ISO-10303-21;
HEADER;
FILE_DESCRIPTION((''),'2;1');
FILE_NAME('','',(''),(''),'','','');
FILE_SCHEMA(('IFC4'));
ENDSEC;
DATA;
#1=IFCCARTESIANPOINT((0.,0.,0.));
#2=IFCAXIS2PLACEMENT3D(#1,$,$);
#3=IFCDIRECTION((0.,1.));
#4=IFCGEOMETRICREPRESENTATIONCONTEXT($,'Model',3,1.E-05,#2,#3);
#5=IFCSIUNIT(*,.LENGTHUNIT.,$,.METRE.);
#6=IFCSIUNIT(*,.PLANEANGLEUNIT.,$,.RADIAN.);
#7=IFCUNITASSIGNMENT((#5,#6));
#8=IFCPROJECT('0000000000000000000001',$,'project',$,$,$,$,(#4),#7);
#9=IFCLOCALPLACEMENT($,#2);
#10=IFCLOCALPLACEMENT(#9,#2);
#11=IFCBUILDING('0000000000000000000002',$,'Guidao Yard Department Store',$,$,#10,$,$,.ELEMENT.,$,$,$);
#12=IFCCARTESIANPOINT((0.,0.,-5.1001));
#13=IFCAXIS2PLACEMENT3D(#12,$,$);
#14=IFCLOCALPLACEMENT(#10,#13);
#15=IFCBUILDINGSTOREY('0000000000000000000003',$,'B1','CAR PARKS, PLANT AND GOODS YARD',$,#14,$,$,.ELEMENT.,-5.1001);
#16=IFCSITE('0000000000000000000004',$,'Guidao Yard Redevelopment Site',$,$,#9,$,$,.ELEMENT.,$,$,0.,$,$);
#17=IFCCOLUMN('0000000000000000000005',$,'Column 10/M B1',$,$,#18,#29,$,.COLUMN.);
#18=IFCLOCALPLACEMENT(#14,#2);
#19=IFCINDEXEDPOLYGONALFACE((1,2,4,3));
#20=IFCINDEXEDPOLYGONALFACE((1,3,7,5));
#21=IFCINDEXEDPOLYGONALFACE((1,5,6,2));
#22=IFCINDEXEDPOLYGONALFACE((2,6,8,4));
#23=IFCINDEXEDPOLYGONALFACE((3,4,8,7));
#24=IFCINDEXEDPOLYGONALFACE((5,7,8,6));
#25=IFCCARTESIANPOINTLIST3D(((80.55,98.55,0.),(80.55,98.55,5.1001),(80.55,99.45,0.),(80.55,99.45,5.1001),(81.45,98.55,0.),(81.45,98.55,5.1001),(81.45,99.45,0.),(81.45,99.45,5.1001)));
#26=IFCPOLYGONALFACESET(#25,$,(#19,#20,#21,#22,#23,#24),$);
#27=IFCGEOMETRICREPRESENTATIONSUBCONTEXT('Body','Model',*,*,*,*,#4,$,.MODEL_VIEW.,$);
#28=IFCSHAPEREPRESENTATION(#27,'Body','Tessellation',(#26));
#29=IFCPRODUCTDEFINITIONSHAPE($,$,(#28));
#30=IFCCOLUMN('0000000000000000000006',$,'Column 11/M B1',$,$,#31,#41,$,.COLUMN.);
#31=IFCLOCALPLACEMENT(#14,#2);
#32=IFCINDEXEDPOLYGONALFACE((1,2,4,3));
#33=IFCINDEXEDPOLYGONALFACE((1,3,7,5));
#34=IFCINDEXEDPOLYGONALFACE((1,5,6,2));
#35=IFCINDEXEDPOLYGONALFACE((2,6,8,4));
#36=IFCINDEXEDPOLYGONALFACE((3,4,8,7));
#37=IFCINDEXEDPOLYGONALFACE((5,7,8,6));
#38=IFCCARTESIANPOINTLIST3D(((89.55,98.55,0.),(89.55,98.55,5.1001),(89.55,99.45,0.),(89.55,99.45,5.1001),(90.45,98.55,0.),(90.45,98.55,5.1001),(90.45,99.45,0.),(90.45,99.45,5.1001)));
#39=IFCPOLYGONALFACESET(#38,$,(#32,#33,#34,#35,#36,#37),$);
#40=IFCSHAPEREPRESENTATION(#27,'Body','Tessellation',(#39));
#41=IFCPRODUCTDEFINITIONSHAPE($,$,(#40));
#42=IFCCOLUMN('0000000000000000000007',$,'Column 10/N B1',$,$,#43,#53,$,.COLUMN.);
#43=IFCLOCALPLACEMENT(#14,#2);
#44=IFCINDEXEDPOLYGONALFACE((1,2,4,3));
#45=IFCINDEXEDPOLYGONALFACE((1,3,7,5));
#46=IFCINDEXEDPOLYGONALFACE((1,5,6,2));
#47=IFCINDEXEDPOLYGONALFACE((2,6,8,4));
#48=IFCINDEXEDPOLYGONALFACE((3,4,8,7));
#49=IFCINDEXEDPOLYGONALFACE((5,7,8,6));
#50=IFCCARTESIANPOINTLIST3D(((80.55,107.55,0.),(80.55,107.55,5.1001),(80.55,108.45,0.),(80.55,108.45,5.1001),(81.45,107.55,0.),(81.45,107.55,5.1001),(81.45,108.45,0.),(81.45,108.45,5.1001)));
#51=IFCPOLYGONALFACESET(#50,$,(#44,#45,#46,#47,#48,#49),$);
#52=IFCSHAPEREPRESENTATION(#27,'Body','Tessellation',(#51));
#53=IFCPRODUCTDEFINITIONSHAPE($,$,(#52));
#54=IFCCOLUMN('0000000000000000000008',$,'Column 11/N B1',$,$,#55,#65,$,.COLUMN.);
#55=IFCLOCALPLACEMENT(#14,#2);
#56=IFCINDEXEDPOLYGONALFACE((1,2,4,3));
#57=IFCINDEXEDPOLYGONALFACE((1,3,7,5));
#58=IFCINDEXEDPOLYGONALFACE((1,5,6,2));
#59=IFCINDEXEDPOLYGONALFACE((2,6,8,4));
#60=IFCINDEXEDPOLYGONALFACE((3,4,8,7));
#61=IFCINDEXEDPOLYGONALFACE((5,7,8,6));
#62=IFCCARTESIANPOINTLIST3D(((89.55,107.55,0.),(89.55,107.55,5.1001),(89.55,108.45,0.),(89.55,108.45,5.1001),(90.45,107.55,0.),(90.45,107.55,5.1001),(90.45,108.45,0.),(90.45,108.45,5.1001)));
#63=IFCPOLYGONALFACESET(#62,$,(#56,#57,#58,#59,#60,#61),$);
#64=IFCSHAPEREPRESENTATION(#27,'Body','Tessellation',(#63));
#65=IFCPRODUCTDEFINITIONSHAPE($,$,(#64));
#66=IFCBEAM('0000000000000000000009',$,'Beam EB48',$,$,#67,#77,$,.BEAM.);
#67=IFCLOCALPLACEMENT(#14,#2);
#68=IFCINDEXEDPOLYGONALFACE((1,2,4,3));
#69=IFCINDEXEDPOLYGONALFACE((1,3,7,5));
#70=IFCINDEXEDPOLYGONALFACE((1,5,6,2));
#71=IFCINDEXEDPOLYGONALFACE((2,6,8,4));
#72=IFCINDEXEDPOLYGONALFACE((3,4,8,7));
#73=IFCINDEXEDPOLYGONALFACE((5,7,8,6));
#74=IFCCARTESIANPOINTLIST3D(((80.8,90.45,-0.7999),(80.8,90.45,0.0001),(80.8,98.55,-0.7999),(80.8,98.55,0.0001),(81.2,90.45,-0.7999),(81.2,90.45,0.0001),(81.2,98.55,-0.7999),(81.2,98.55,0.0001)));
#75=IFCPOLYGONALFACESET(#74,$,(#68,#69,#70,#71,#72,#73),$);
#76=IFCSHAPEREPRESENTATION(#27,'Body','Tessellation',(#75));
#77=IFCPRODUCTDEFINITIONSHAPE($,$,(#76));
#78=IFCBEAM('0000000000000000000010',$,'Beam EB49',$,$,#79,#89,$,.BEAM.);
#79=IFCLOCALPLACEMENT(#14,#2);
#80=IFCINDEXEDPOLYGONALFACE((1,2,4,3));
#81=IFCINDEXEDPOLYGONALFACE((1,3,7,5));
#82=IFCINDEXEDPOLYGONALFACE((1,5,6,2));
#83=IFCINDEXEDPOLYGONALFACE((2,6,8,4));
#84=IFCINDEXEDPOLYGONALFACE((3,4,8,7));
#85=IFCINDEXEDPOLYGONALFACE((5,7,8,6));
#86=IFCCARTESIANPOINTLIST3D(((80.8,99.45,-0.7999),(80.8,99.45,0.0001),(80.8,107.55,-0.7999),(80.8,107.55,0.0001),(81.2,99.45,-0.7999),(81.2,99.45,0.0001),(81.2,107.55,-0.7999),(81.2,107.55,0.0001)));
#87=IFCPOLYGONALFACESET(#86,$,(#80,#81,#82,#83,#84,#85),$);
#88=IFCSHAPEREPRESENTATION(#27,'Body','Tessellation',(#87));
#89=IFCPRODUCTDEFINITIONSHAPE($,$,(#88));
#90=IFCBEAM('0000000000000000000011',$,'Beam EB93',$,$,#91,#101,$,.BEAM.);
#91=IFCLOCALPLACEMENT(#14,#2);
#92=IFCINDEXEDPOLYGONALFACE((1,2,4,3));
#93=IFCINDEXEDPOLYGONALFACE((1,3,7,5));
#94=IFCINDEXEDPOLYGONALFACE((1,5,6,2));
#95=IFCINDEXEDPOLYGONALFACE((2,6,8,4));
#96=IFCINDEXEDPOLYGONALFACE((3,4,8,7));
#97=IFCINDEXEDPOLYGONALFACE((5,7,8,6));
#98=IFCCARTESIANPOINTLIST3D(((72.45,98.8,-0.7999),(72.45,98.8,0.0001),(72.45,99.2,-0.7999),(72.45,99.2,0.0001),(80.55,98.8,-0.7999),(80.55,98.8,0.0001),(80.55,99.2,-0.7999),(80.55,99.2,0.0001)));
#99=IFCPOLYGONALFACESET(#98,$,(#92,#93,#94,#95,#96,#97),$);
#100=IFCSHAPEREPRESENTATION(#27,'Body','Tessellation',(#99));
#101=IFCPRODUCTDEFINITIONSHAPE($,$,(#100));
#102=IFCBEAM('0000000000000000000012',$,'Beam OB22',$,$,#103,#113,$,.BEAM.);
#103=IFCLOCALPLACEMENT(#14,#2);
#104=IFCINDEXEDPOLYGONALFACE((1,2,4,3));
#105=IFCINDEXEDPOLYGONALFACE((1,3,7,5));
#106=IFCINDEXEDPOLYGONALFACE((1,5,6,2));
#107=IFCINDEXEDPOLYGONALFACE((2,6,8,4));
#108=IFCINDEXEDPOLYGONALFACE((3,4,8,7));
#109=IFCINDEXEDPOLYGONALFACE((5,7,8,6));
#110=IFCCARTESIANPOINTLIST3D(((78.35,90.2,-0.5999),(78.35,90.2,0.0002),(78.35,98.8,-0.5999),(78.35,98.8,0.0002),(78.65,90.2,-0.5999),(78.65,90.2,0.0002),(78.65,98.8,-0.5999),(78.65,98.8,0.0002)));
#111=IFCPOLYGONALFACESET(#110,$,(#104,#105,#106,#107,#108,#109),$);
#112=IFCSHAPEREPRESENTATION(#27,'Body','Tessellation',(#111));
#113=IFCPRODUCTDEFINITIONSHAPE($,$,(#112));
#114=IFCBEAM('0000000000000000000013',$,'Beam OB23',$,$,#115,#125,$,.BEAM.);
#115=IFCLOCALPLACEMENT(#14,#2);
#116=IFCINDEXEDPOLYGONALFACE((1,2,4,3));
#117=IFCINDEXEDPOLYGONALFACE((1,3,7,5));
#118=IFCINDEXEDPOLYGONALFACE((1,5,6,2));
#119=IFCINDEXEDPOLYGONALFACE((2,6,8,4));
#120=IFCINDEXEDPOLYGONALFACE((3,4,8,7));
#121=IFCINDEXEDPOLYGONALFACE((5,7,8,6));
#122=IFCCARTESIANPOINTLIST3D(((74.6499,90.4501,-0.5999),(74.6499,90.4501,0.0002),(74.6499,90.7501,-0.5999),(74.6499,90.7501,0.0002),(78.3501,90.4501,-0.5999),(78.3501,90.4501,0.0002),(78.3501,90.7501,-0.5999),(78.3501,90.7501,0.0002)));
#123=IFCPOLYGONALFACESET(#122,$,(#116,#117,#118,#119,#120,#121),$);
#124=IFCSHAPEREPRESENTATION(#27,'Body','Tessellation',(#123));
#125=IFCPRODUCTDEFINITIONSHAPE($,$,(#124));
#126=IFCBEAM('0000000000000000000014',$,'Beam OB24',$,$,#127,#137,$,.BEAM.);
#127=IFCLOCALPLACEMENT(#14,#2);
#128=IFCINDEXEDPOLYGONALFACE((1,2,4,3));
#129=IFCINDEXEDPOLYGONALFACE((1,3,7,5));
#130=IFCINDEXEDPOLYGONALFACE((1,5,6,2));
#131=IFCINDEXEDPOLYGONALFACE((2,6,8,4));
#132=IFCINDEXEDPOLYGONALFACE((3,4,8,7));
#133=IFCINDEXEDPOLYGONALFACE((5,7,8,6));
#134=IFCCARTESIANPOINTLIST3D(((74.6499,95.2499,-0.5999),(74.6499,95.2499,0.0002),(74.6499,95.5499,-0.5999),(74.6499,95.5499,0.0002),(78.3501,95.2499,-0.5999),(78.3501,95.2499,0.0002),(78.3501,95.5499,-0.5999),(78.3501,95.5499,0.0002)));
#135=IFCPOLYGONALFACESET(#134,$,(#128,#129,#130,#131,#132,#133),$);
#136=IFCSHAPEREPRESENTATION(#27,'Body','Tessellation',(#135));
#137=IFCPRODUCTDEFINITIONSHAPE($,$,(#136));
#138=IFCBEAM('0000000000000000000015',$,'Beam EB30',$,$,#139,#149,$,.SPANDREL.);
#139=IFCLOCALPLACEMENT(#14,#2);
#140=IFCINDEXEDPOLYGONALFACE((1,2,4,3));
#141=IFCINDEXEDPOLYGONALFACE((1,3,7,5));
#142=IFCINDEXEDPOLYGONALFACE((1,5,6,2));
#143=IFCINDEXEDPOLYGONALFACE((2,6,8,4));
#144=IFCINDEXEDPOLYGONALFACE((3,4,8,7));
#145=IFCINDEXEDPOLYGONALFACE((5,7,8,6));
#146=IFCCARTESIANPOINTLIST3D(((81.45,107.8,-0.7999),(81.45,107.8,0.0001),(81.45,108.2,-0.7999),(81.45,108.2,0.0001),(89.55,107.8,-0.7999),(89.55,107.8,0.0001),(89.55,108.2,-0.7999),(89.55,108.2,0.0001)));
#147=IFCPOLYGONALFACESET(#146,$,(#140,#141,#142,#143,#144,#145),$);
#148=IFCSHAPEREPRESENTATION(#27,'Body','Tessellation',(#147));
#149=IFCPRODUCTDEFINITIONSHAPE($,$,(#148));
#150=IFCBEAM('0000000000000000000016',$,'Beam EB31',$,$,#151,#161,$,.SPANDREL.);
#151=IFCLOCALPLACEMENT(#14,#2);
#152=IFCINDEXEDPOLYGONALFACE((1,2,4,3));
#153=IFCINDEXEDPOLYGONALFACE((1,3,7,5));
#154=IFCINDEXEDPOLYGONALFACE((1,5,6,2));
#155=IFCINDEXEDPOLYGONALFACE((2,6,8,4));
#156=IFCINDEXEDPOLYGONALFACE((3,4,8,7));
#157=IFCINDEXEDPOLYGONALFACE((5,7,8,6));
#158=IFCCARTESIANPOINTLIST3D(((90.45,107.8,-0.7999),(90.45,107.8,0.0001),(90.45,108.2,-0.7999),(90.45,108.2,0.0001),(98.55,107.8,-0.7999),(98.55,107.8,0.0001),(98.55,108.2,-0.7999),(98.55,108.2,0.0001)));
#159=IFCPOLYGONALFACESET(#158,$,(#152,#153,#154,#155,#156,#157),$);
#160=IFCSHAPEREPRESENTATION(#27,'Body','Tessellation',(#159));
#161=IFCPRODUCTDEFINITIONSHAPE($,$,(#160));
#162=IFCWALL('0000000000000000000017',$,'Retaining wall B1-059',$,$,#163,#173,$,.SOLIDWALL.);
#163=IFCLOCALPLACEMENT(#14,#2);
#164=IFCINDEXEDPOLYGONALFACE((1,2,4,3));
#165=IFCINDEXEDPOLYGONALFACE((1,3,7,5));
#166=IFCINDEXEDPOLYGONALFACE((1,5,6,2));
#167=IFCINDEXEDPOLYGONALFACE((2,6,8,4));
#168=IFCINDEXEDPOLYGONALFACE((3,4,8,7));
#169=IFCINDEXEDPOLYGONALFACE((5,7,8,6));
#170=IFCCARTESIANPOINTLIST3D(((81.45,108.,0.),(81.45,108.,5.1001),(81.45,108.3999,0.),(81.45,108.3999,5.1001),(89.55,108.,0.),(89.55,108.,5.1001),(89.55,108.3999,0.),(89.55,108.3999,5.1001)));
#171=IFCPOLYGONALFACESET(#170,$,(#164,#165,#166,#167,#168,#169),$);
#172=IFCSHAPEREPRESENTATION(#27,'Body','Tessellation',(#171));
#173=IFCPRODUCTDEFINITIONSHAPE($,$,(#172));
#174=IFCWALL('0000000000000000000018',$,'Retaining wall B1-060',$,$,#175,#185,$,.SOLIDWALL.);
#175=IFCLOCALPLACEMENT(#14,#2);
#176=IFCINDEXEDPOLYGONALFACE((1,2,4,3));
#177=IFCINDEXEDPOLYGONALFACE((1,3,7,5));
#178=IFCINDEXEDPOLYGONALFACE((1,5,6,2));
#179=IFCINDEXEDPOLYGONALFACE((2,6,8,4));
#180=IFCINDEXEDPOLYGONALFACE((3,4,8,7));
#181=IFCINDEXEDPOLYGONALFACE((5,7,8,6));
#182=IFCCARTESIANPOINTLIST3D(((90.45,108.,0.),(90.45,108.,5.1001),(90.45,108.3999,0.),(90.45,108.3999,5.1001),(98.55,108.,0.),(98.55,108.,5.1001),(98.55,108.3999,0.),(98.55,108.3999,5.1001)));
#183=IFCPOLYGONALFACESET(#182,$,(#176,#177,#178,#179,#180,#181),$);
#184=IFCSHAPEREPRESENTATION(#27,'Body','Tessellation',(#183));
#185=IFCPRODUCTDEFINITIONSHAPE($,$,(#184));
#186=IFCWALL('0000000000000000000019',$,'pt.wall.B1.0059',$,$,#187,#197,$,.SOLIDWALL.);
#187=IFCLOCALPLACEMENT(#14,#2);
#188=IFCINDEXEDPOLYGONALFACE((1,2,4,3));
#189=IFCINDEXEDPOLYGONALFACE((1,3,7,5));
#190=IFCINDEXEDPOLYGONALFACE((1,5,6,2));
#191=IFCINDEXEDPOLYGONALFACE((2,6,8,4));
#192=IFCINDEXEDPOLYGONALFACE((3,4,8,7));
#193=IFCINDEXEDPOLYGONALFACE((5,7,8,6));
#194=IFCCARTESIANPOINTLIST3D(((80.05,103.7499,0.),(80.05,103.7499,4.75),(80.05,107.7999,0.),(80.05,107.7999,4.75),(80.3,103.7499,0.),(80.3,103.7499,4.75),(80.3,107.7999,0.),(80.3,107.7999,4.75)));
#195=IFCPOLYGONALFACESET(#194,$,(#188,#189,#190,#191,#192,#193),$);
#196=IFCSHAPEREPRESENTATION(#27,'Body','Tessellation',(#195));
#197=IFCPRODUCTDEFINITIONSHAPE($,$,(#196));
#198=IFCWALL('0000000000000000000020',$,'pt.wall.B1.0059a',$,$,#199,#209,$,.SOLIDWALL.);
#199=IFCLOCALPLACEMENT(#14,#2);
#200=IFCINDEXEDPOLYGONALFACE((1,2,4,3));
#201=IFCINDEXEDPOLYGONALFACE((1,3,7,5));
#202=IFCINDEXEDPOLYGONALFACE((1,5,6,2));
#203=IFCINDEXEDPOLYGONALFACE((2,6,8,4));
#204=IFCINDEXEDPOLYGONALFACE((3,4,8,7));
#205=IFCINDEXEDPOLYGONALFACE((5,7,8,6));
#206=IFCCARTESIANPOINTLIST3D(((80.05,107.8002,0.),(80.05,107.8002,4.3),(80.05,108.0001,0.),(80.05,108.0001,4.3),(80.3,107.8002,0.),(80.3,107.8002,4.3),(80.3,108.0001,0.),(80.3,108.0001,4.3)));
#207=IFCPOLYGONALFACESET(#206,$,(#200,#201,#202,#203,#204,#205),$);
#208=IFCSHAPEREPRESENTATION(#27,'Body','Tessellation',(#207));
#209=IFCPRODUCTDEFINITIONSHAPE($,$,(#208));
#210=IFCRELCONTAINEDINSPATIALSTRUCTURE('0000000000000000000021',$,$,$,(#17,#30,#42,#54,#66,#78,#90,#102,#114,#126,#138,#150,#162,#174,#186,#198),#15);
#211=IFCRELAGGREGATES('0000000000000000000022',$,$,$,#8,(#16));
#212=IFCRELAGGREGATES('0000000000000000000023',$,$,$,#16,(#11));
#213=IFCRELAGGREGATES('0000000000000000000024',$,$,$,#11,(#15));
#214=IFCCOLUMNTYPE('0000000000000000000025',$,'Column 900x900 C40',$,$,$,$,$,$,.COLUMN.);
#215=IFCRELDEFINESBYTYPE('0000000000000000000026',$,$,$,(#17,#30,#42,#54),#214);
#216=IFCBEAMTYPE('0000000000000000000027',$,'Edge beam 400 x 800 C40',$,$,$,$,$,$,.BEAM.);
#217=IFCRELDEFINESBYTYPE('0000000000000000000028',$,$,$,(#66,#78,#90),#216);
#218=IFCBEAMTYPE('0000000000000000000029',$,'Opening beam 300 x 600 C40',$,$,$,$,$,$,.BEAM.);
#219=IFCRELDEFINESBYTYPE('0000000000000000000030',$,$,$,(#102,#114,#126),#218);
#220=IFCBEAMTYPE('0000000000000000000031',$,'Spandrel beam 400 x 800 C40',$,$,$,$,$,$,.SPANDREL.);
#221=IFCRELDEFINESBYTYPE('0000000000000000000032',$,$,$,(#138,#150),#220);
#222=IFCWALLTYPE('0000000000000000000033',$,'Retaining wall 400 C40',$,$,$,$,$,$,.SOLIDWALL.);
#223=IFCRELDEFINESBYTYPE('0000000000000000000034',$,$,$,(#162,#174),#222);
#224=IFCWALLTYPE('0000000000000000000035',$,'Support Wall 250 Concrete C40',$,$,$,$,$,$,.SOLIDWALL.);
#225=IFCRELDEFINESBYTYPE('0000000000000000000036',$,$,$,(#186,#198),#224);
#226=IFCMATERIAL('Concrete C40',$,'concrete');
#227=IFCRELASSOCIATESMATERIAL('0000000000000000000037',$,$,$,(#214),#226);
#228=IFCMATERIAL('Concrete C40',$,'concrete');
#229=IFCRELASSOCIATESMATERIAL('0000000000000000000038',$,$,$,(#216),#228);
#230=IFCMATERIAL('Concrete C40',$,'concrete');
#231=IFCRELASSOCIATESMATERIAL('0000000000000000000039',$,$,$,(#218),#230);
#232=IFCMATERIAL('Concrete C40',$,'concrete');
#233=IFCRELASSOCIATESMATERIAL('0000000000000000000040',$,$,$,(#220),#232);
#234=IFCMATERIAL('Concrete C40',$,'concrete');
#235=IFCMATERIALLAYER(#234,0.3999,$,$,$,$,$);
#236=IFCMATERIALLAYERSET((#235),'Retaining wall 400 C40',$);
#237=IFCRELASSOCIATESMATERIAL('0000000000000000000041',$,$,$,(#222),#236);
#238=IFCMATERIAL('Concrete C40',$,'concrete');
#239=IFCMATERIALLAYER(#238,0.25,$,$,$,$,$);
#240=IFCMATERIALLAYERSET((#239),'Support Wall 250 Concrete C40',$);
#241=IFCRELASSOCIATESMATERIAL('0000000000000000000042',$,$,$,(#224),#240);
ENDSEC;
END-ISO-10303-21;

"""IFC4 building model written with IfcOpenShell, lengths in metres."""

from ifc_helpers import new_model, si_unit, direction, frame, frame_2d, origin, origin_2d, place, context, subcontext, project, spatial, rectangle, extrude, material, layer, layer_set, material_profile, profile_set, type_object, element, save


model = new_model("IFC4")

# Units and contexts
model_context = context("Model", 3, precision=1e-05, world=origin(), true_north=direction((0.0, 1.0)))
body_context = subcontext(model_context, "Body", "Model", "MODEL_VIEW")
ifc_project = project(units=[si_unit("LENGTHUNIT", "METRE"), si_unit("PLANEANGLEUNIT", "RADIAN")], contexts=[model_context])

# Site, building, storey
site_placement = place(None, origin())
site = spatial("IfcSite", under=ifc_project, at=site_placement, Name="Guidao Yard Redevelopment Site", CompositionType="ELEMENT", RefElevation=0.0)
building_placement = place(site_placement, origin())
building = spatial("IfcBuilding", under=site, at=building_placement, Name="Guidao Yard Department Store", CompositionType="ELEMENT")
storey_placement = place(building_placement, frame((0.0, 0.0, -5.1001)))
storey = spatial("IfcBuildingStorey", under=building, at=storey_placement, Name="B1", Description="CAR PARKS, PLANT AND GOODS YARD", CompositionType="ELEMENT", Elevation=-5.1001)

# Columns
ifc_material_1 = material(Name="Concrete C40", Category="concrete")
ifc_material_profile_1 = material_profile(ifc_material_1, rectangle(XDim=0.8999, YDim=0.8999, at=origin_2d()), Name="COL 900x900")
ifc_profile_set_1 = profile_set([ifc_material_profile_1], Name="Concrete C40")
column_type = type_object("IfcColumnType", Name="Column 900x900 C40", PredefinedType="COLUMN", material=ifc_profile_set_1)
for number, where, z_axis, x_axis, name in (
    (1, (81.0, 99.0, 0.0), (0.0, 0.0, 1.0), (1.0, 0.0, 0.0), "Column 10/M B1"),
    (2, (90.0, 99.0, 0.0), (0.0, 0.0, 1.0), (1.0, 0.0, 0.0), "Column 11/M B1"),
    (3, (81.0, 108.0, 0.0), (0.0, 0.0, 1.0), (1.0, 0.0, 0.0), "Column 10/N B1"),
    (4, (90.0, 108.0, 0.0), (0.0, 0.0, 1.0), (1.0, 0.0, 0.0), "Column 11/N B1"),
):
    element("IfcColumn", number, at=place(storey_placement, frame(where, z_axis=z_axis, x_axis=x_axis)), inside=storey, type_object=column_type, Name=name, PredefinedType="COLUMN", context=body_context, shape_type="SweptSolid", body=[
        extrude(rectangle(XDim=0.8999, YDim=0.8999, at=origin_2d()), origin(), (0.0, 0.0, 1.0), 5.1001),
    ])

# Beams
ifc_material_2 = material(Name="Concrete C40", Category="concrete")
ifc_material_profile_2 = material_profile(ifc_material_2, rectangle(XDim=0.3999, YDim=0.8, at=origin_2d()), Name="Edge beam 400 x 800 C40")
ifc_profile_set_2 = profile_set([ifc_material_profile_2], Name="Concrete C40")
beam_type_1 = type_object("IfcBeamType", Name="Edge beam 400 x 800 C40", PredefinedType="BEAM", material=ifc_profile_set_2)
for number, where, z_axis, x_axis, name in (
    (5, (81.0, 90.45, -0.3999), (0.0, 1.0, 0.0), (-1.0, 0.0, 0.0), "Beam EB48"),
    (6, (81.0, 99.45, -0.3999), (0.0, 1.0, 0.0), (-1.0, 0.0, 0.0), "Beam EB49"),
    (7, (72.45, 99.0, -0.3999), (1.0, 0.0, 0.0), (0.0, 1.0, 0.0), "Beam EB93"),
):
    element("IfcBeam", number, at=place(storey_placement, frame(where, z_axis=z_axis, x_axis=x_axis)), inside=storey, type_object=beam_type_1, Name=name, PredefinedType="BEAM", context=body_context, shape_type="SweptSolid", body=[
        extrude(rectangle(XDim=0.3999, YDim=0.8, at=origin_2d()), origin(), (0.0, 0.0, 1.0), 8.1001),
    ])
ifc_material_3 = material(Name="Concrete C40", Category="concrete")
ifc_material_profile_3 = material_profile(ifc_material_3, rectangle(XDim=0.3, YDim=0.6001, at=origin_2d()), Name="Opening beam 300 x 600 C40")
ifc_profile_set_3 = profile_set([ifc_material_profile_3], Name="Concrete C40")
beam_type_2 = type_object("IfcBeamType", Name="Opening beam 300 x 600 C40", PredefinedType="BEAM", material=ifc_profile_set_3)
beam_placement = place(storey_placement, frame((78.5, 90.2, -0.2998), z_axis=(0.0, 1.0, 0.0), x_axis=(-1.0, 0.0, 0.0)))
element("IfcBeam", 8, at=beam_placement, inside=storey, type_object=beam_type_2, Name="Beam OB22", PredefinedType="BEAM", context=body_context, shape_type="SweptSolid", body=[
    extrude(rectangle(XDim=0.3, YDim=0.6001, at=origin_2d()), origin(), (0.0, 0.0, 1.0), 8.6001),
])
for number, where, z_axis, x_axis, name in (
    (9, (74.6499, 90.6001, -0.2998), (1.0, 0.0, 0.0), (0.0, 1.0, 0.0), "Beam OB23"),
    (10, (74.6499, 95.3999, -0.2998), (1.0, 0.0, 0.0), (0.0, 1.0, 0.0), "Beam OB24"),
):
    element("IfcBeam", number, at=place(storey_placement, frame(where, z_axis=z_axis, x_axis=x_axis)), inside=storey, type_object=beam_type_2, Name=name, PredefinedType="BEAM", context=body_context, shape_type="SweptSolid", body=[
        extrude(rectangle(XDim=0.3, YDim=0.6001, at=origin_2d()), origin(), (0.0, 0.0, 1.0), 3.7002),
    ])
ifc_material_4 = material(Name="Concrete C40", Category="concrete")
ifc_material_profile_4 = material_profile(ifc_material_4, rectangle(XDim=0.3999, YDim=0.8, at=origin_2d()), Name="Spandrel beam 400 x 800 C40")
ifc_profile_set_4 = profile_set([ifc_material_profile_4], Name="Concrete C40")
beam_type_3 = type_object("IfcBeamType", Name="Spandrel beam 400 x 800 C40", PredefinedType="SPANDREL", material=ifc_profile_set_4)
for number, where, z_axis, x_axis, name in (
    (11, (81.45, 108.0, -0.3999), (1.0, 0.0, 0.0), (0.0, 1.0, 0.0), "Beam EB30"),
    (12, (90.45, 108.0, -0.3999), (1.0, 0.0, 0.0), (0.0, 1.0, 0.0), "Beam EB31"),
):
    element("IfcBeam", number, at=place(storey_placement, frame(where, z_axis=z_axis, x_axis=x_axis)), inside=storey, type_object=beam_type_3, Name=name, PredefinedType="SPANDREL", context=body_context, shape_type="SweptSolid", body=[
        extrude(rectangle(XDim=0.3999, YDim=0.8, at=origin_2d()), origin(), (0.0, 0.0, 1.0), 8.1001),
    ])

# Walls
ifc_material_5 = material(Name="Concrete C40", Category="concrete")
ifc_layer_1 = layer(ifc_material_5, 0.3999)
ifc_layer_set_1 = layer_set([ifc_layer_1], Name="Retaining wall 400 C40")
wall_type_1 = type_object("IfcWallType", Name="Retaining wall 400 C40", PredefinedType="SOLIDWALL", material=ifc_layer_set_1)
for number, where, z_axis, x_axis, name in (
    (13, (81.45, 108.2, 0.0), (0.0, 0.0, 1.0), (1.0, 0.0, 0.0), "Retaining wall B1-059"),
    (14, (90.45, 108.2, 0.0), (0.0, 0.0, 1.0), (1.0, 0.0, 0.0), "Retaining wall B1-060"),
):
    element("IfcWall", number, at=place(storey_placement, frame(where, z_axis=z_axis, x_axis=x_axis)), inside=storey, type_object=wall_type_1, Name=name, PredefinedType="SOLIDWALL", context=body_context, shape_type="SweptSolid", body=[
        extrude(rectangle(XDim=8.1001, YDim=0.3999, at=frame_2d((4.05, 0.0))), origin(), (0.0, 0.0, 1.0), 5.1001),
    ])
ifc_material_6 = material(Name="Concrete C40", Category="concrete")
ifc_layer_2 = layer(ifc_material_6, 0.25)
ifc_layer_set_2 = layer_set([ifc_layer_2], Name="Support Wall 250 Concrete C40")
wall_type_2 = type_object("IfcWallType", Name="Support Wall 250 Concrete C40", PredefinedType="SOLIDWALL", material=ifc_layer_set_2)
wall_1_placement = place(storey_placement, frame((80.175, 103.75, 0.0), z_axis=(0.0, 0.0, 1.0), x_axis=(0.0, 1.0, 0.0)))
element("IfcWall", 15, at=wall_1_placement, inside=storey, type_object=wall_type_2, Name="pt.wall.B1.0059", PredefinedType="SOLIDWALL", context=body_context, shape_type="SweptSolid", body=[
    extrude(rectangle(XDim=4.05, YDim=0.25, at=frame_2d((2.0249, 0.0))), origin(), (0.0, 0.0, 1.0), 4.75),
])
wall_2_placement = place(storey_placement, frame((80.175, 107.8, 0.0), z_axis=(0.0, 0.0, 1.0), x_axis=(0.0, 1.0, 0.0)))
element("IfcWall", 16, at=wall_2_placement, inside=storey, type_object=wall_type_2, Name="pt.wall.B1.0059a", PredefinedType="SOLIDWALL", context=body_context, shape_type="SweptSolid", body=[
    extrude(rectangle(XDim=0.2, YDim=0.25, at=frame_2d((0.1001, 0.0))), origin(), (0.0, 0.0, 1.0), 4.3),
])

save(model, "model.ifc")
